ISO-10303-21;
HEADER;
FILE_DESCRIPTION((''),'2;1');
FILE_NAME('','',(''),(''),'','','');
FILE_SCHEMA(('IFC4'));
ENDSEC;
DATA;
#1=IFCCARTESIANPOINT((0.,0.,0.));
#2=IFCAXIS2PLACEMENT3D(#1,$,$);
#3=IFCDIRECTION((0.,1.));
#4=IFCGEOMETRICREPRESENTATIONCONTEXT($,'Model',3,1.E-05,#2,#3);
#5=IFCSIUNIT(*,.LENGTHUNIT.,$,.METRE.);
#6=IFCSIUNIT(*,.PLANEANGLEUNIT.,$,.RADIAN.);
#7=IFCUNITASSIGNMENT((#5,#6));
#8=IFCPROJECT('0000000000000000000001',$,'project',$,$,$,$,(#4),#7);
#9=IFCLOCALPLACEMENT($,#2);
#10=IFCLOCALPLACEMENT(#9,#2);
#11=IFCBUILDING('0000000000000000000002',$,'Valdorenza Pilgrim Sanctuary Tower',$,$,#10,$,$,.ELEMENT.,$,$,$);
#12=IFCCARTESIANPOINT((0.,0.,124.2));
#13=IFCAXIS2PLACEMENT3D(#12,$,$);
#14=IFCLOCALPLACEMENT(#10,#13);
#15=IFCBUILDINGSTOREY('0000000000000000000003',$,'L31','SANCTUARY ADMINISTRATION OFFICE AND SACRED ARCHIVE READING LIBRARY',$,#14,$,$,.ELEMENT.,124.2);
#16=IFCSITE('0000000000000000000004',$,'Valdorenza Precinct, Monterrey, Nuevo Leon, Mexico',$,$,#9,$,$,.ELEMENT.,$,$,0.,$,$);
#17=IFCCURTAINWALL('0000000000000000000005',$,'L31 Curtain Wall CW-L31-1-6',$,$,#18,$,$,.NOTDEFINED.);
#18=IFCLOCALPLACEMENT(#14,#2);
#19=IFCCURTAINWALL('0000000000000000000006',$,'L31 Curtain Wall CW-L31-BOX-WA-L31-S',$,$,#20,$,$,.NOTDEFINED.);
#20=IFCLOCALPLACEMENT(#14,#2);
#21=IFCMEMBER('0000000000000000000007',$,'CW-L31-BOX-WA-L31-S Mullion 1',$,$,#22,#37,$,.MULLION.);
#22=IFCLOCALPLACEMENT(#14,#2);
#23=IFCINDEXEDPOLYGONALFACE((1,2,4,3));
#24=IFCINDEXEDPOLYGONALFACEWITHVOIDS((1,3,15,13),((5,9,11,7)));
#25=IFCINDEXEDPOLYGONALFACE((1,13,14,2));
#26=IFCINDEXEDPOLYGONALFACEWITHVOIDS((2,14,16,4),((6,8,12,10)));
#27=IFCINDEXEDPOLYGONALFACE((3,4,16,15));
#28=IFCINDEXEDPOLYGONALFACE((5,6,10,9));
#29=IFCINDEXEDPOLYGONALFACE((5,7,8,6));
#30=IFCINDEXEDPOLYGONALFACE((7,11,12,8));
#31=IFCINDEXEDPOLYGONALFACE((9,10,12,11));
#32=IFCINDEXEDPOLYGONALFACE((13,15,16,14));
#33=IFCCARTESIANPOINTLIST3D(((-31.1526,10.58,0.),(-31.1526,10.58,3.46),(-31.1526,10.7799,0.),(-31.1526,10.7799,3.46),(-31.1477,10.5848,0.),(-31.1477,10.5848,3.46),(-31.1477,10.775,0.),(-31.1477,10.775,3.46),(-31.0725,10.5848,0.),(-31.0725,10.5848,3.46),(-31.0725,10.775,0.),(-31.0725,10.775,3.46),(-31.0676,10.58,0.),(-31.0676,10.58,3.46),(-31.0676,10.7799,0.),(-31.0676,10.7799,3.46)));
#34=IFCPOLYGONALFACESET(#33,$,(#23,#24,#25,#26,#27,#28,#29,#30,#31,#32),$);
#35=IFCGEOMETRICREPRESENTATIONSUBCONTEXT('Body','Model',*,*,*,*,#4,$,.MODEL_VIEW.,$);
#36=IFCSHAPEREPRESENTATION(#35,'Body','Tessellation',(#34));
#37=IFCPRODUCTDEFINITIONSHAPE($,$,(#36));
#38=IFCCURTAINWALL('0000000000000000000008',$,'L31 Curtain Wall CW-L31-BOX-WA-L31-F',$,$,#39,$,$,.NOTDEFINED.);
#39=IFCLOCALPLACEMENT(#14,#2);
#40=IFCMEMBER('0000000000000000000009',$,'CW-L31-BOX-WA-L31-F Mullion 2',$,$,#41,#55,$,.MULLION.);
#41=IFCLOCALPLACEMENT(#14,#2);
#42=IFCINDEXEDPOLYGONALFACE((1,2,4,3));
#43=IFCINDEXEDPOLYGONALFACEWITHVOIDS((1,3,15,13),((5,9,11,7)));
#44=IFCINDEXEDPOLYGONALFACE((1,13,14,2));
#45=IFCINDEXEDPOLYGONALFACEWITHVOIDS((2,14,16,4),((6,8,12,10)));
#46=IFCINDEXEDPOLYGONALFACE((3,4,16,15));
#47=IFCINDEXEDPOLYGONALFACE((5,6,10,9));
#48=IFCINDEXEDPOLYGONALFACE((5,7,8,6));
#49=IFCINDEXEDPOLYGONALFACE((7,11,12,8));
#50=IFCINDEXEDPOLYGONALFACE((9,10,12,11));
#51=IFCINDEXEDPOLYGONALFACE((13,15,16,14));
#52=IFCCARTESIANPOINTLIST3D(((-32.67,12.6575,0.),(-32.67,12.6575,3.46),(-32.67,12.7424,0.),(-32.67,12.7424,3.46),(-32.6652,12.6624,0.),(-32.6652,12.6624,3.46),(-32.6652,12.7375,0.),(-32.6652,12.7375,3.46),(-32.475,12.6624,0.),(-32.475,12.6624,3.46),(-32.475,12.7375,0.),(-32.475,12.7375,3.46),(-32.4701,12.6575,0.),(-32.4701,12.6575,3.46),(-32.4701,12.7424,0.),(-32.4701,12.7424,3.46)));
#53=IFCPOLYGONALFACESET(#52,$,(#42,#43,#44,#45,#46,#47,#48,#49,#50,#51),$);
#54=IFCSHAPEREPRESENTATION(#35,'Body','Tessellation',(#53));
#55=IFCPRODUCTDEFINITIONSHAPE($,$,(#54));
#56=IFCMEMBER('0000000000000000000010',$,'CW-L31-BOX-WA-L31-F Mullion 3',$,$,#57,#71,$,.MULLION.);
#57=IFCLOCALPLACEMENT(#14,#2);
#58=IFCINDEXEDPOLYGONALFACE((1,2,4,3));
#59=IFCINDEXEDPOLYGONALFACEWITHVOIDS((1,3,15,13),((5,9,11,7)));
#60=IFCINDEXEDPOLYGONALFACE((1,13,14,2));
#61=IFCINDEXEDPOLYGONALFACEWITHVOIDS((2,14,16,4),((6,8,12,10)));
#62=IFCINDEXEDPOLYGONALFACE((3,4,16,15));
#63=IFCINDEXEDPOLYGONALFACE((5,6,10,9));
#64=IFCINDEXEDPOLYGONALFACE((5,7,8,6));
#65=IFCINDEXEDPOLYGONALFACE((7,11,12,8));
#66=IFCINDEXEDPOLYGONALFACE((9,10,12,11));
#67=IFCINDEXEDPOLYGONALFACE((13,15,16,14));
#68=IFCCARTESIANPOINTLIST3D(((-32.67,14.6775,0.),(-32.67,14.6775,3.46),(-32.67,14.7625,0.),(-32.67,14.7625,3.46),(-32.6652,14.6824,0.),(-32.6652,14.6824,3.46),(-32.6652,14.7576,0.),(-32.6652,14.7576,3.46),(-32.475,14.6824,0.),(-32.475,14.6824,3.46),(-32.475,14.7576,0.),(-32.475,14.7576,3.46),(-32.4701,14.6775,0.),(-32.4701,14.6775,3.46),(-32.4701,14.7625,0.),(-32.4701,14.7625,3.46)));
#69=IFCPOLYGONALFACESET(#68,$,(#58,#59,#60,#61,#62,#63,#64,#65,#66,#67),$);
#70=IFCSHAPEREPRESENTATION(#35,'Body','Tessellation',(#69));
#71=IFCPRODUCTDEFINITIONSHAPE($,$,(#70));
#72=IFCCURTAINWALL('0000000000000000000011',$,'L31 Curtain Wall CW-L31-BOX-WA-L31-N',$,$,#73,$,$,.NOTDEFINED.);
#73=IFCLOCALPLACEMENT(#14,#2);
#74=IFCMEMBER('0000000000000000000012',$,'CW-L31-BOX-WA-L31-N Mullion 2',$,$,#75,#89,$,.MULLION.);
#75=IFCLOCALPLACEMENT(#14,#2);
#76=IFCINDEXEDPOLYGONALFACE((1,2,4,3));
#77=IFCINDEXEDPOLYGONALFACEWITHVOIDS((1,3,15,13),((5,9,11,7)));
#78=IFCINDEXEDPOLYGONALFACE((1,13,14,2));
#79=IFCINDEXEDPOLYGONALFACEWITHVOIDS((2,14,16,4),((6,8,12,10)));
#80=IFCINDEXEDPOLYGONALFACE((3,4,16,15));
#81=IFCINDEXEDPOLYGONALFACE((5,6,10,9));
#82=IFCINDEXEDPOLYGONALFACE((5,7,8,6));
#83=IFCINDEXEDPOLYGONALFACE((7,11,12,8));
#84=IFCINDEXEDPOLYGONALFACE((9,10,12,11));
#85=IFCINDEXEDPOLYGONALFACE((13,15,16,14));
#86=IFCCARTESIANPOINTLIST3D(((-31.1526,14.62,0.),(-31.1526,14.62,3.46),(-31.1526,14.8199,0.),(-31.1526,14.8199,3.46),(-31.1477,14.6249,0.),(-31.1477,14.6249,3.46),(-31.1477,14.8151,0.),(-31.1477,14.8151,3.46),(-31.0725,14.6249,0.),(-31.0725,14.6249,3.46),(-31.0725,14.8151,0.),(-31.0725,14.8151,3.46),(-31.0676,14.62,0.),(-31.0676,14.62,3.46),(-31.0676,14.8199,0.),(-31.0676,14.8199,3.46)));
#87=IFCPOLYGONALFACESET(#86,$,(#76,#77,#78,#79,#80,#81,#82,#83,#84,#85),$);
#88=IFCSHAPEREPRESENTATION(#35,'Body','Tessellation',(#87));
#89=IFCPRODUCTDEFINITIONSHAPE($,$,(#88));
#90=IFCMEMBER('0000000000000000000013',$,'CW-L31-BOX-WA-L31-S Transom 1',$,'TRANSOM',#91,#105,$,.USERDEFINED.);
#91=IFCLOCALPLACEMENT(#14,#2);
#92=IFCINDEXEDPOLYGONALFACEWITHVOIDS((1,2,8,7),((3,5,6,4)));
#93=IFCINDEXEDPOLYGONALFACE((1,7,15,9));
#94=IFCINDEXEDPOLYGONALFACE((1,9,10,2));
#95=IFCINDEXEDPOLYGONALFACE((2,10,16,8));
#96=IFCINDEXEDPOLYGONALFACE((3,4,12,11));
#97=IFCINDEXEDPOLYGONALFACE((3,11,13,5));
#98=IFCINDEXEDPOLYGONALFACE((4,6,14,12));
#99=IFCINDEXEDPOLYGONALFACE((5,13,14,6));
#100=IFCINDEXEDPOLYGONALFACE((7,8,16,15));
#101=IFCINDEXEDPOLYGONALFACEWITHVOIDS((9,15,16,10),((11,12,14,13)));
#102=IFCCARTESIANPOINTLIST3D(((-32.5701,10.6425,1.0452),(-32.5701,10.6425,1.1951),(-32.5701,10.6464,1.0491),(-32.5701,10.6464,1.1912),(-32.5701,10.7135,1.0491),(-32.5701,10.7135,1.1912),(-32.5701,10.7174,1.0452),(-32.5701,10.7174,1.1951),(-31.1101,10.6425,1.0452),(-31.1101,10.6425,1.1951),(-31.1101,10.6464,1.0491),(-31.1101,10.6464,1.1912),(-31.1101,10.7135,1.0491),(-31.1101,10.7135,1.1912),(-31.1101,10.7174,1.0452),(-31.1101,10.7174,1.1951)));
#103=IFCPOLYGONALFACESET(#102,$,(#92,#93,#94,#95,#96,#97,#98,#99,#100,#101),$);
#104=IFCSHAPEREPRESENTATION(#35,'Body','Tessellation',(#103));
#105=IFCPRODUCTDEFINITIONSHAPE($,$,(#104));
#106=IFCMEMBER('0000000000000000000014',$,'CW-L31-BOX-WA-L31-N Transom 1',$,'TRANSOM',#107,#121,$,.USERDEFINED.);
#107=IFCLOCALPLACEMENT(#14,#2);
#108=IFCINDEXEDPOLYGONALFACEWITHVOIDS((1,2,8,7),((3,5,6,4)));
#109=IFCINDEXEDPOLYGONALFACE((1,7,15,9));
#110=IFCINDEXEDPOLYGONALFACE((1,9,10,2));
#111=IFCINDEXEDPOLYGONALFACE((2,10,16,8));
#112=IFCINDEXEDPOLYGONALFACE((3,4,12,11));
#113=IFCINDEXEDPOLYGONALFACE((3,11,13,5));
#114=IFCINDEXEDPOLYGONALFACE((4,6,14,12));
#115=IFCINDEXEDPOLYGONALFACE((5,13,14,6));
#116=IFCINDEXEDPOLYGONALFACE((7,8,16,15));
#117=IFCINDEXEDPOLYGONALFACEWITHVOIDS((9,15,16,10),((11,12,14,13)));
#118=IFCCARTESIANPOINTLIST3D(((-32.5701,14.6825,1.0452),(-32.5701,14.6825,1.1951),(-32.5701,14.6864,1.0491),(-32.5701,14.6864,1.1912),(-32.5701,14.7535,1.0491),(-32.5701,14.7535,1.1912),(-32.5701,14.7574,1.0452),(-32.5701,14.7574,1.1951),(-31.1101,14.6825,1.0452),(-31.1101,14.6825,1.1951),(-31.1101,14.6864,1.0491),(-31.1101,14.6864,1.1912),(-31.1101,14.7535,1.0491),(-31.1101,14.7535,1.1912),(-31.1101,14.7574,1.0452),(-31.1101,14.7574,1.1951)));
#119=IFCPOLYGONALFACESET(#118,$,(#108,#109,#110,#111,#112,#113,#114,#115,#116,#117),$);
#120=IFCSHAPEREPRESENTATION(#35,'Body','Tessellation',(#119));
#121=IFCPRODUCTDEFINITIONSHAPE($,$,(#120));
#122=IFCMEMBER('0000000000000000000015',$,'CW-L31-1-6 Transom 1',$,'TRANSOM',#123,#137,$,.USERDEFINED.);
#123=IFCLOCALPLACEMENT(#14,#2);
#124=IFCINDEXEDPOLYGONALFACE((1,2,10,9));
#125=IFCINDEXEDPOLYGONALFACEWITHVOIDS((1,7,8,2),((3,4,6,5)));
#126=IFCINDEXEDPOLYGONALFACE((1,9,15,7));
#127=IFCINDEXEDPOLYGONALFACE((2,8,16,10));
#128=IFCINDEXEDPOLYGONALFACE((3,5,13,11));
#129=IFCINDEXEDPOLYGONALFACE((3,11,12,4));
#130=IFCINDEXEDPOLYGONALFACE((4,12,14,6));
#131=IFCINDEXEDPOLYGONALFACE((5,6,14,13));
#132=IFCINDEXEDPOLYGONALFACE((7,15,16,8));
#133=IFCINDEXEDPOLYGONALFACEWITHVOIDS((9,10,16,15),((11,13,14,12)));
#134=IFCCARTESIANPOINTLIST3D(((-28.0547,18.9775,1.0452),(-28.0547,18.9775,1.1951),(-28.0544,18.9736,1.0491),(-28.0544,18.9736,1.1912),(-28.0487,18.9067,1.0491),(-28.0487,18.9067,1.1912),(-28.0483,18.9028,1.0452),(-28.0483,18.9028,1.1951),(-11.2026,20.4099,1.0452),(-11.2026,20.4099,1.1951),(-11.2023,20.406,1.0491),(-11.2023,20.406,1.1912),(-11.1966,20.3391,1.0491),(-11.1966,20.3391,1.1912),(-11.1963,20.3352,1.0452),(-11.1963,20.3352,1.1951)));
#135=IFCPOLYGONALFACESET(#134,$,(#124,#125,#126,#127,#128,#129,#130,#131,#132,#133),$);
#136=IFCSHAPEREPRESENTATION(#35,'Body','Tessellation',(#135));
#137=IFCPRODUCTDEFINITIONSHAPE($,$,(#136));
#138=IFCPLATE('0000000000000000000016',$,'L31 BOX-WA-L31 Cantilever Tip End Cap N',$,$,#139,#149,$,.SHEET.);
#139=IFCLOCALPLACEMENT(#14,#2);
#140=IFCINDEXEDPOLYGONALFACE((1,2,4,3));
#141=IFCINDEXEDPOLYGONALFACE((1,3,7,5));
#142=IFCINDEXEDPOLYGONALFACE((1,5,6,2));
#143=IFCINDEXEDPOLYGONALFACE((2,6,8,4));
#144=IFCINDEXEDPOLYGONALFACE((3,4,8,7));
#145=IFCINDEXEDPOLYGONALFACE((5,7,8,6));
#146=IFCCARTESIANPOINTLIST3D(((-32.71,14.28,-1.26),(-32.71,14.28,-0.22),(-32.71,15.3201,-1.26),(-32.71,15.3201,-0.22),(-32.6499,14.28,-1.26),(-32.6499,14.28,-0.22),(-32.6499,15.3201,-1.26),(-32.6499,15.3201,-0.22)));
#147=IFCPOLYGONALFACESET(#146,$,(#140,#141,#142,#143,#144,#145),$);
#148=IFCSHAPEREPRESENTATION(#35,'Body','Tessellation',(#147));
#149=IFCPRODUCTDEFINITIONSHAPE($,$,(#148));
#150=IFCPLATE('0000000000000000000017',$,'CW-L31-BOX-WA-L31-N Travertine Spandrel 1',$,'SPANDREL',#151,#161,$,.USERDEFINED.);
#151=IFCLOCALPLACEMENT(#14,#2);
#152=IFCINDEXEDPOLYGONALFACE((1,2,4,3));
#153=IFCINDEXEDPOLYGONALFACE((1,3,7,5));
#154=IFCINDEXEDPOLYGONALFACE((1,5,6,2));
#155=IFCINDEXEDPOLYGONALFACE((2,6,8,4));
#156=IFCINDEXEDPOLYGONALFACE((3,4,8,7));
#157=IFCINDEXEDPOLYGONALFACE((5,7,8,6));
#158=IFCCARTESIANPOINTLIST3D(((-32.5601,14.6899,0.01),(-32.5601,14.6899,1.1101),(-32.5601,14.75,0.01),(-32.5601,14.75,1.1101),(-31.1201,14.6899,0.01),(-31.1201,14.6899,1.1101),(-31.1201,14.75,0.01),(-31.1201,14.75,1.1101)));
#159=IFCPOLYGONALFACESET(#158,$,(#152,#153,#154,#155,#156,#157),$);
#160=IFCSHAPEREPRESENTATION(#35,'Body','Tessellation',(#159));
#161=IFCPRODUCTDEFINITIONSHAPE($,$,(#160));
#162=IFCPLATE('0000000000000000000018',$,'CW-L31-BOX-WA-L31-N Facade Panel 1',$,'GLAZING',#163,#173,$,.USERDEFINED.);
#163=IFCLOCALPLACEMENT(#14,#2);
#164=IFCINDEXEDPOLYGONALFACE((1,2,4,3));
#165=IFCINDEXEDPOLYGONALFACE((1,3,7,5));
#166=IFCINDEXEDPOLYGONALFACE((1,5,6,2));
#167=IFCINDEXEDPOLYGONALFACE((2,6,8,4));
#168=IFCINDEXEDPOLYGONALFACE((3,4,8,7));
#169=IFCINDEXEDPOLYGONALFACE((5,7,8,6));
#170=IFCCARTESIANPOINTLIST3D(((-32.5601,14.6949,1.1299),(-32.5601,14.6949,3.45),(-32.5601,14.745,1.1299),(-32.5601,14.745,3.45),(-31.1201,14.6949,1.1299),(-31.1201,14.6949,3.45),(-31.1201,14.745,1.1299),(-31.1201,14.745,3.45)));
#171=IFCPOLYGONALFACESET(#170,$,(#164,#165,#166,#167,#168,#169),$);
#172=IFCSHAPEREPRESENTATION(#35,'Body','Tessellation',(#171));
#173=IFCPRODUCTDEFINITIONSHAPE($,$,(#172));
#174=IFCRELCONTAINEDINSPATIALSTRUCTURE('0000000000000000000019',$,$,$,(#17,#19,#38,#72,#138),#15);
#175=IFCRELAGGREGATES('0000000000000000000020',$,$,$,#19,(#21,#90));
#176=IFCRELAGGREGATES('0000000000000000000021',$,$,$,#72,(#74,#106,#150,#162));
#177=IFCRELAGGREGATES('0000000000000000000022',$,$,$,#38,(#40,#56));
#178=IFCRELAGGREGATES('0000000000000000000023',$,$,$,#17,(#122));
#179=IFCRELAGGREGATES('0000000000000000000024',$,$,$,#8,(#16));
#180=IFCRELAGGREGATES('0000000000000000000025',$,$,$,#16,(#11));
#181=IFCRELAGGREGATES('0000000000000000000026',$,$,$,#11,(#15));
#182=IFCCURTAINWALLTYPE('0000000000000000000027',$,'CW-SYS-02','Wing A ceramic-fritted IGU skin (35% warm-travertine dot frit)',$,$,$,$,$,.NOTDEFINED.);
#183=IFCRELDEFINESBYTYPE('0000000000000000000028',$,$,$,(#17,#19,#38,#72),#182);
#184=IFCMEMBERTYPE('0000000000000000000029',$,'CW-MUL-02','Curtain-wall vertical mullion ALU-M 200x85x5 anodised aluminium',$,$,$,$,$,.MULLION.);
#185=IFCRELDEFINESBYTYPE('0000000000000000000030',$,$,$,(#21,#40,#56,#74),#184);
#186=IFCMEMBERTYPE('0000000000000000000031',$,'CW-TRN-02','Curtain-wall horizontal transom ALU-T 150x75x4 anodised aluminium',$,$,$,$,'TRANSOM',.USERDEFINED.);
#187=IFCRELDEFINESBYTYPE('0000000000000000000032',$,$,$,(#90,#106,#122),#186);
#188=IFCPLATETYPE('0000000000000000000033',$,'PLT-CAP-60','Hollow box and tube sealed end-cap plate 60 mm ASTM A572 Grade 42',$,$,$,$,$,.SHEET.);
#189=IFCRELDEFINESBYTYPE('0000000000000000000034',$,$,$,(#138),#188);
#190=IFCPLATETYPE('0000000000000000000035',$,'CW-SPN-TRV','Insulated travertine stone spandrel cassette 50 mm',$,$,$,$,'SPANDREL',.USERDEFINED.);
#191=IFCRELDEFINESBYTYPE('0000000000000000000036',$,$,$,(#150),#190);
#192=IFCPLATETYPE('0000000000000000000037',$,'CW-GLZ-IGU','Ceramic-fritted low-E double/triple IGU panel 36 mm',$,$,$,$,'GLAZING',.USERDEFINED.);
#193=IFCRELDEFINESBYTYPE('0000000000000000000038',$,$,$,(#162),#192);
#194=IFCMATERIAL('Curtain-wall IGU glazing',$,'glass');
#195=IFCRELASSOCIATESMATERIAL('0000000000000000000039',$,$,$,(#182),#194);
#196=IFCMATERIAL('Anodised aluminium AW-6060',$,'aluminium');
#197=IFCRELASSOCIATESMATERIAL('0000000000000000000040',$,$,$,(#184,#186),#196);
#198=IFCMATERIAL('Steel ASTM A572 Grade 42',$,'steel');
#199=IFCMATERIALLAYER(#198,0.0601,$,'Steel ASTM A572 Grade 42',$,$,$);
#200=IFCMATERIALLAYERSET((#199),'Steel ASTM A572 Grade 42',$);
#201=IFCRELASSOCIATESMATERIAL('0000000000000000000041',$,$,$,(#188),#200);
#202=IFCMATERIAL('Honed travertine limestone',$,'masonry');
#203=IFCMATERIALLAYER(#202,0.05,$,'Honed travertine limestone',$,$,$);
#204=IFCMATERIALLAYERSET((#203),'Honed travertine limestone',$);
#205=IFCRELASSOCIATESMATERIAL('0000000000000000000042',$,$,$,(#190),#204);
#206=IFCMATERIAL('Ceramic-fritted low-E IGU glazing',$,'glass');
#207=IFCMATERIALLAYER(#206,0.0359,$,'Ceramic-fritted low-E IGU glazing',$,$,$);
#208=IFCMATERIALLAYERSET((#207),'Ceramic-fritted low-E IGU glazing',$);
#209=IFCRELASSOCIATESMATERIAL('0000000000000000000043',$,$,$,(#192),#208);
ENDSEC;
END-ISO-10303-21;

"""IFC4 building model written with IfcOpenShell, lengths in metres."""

from ifc_helpers import new_model, si_unit, direction, frame, origin, origin_2d, place, context, subcontext, project, spatial, rectangle, hollow_rectangle, extrude, source, transform, mapped, material, layer, layer_set, material_profile, profile_set, type_object, element, aggregate, save


model = new_model("IFC4")

# Units and contexts
model_context = context("Model", 3, precision=1e-05, world=origin(), true_north=direction((0.0, 1.0)))
body_context = subcontext(model_context, "Body", "Model", "MODEL_VIEW")
ifc_project = project(units=[si_unit("LENGTHUNIT", "METRE"), si_unit("PLANEANGLEUNIT", "RADIAN")], contexts=[model_context])

# Site, building, storey
site_placement = place(None, origin())
site = spatial("IfcSite", under=ifc_project, at=site_placement, Name="Valdorenza Precinct, Monterrey, Nuevo Leon, Mexico", CompositionType="ELEMENT", RefElevation=0.0)
building_placement = place(site_placement, origin())
building = spatial("IfcBuilding", under=site, at=building_placement, Name="Valdorenza Pilgrim Sanctuary Tower", CompositionType="ELEMENT")
storey_placement = place(building_placement, frame((0.0, 0.0, 124.2)))
storey = spatial("IfcBuildingStorey", under=building, at=storey_placement, Name="L31", Description="SANCTUARY ADMINISTRATION OFFICE AND SACRED ARCHIVE READING LIBRARY", CompositionType="ELEMENT", Elevation=124.2)

# Shared definitions
ifc_material_1 = material(Name="Steel ASTM A572 Grade 42", Category="steel")

# Curtain walls, member
ifc_material_2 = material(Name="Curtain-wall IGU glazing", Category="glass")
curtain_wall_type = type_object("IfcCurtainWallType", Name="CW-SYS-02", Description="Wing A ceramic-fritted IGU skin (35% warm-travertine dot frit)", PredefinedType="NOTDEFINED", material=ifc_material_2)
curtain_wall_1_placement = place(storey_placement, origin())
curtain_wall_1 = element("IfcCurtainWall", 1, at=curtain_wall_1_placement, inside=storey, type_object=curtain_wall_type, Name="L31 Curtain Wall CW-L31-1-6", PredefinedType="NOTDEFINED")
ifc_material_3 = material(Name="Anodised aluminium AW-6060", Category="aluminium")
ifc_material_profile_1 = material_profile(ifc_material_3, hollow_rectangle(XDim=0.085, YDim=0.2, WallThickness=0.0049, at=origin_2d()), Name="ALU-M 200x85x5")
ifc_profile_set_1 = profile_set([ifc_material_profile_1], Name="Anodised aluminium AW-6060")
member_type_1 = type_object("IfcMemberType", Name="CW-MUL-02", Description="Curtain-wall vertical mullion ALU-M 200x85x5 anodised aluminium", PredefinedType="MULLION", material=ifc_profile_set_1)
shared_shape_1 = source(origin(), body_context, "Body", "SweptSolid", [
    extrude(hollow_rectangle(XDim=0.085, YDim=0.2, WallThickness=0.0049, at=origin_2d()), origin(), (0.0, 0.0, 1.0), 3.46),
])
curtain_wall_2_placement = place(storey_placement, origin())
curtain_wall_2 = element("IfcCurtainWall", 2, at=curtain_wall_2_placement, inside=storey, type_object=curtain_wall_type, Name="L31 Curtain Wall CW-L31-BOX-WA-L31-S", PredefinedType="NOTDEFINED")
member_1_placement = place(storey_placement, frame((-31.1101, 10.6799, 0.0), z_axis=(0.0, 0.0, 1.0), x_axis=(-1.0, 0.0, 0.0)))
member_1 = element("IfcMember", 3, at=member_1_placement, type_object=member_type_1, Name="CW-L31-BOX-WA-L31-S Mullion 1", PredefinedType="MULLION", context=body_context, shape_type="MappedRepresentation", body=[
    mapped(shared_shape_1, transform((0.0, 0.0, 0.0), x_axis=(1.0, 0.0, 0.0), y_axis=(0.0, 1.0, 0.0), z_axis=(0.0, 0.0, 1.0), scale=1.0)),
])

# Curtain wall, members
curtain_wall_3_placement = place(storey_placement, origin())
curtain_wall_3 = element("IfcCurtainWall", 4, at=curtain_wall_3_placement, inside=storey, type_object=curtain_wall_type, Name="L31 Curtain Wall CW-L31-BOX-WA-L31-F", PredefinedType="NOTDEFINED")
member_2_placement = place(storey_placement, frame((-32.5701, 12.7, 0.0), z_axis=(0.0, 0.0, 1.0), x_axis=(0.0, 1.0, 0.0)))
member_2 = element("IfcMember", 5, at=member_2_placement, type_object=member_type_1, Name="CW-L31-BOX-WA-L31-F Mullion 2", PredefinedType="MULLION", context=body_context, shape_type="MappedRepresentation", body=[
    mapped(shared_shape_1, transform((0.0, 0.0, 0.0), x_axis=(1.0, 0.0, 0.0), y_axis=(0.0, 1.0, 0.0), z_axis=(0.0, 0.0, 1.0), scale=1.0)),
])
member_3_placement = place(storey_placement, frame((-32.5701, 14.72, 0.0), z_axis=(0.0, 0.0, 1.0), x_axis=(0.0, 1.0, 0.0)))
member_3 = element("IfcMember", 6, at=member_3_placement, type_object=member_type_1, Name="CW-L31-BOX-WA-L31-F Mullion 3", PredefinedType="MULLION", context=body_context, shape_type="MappedRepresentation", body=[
    mapped(shared_shape_1, transform((0.0, 0.0, 0.0), x_axis=(1.0, 0.0, 0.0), y_axis=(0.0, 1.0, 0.0), z_axis=(0.0, 0.0, 1.0), scale=1.0)),
])

# Curtain wall, member
curtain_wall_4_placement = place(storey_placement, origin())
curtain_wall_4 = element("IfcCurtainWall", 7, at=curtain_wall_4_placement, inside=storey, type_object=curtain_wall_type, Name="L31 Curtain Wall CW-L31-BOX-WA-L31-N", PredefinedType="NOTDEFINED")
member_4_placement = place(storey_placement, frame((-31.1101, 14.72, 0.0), z_axis=(0.0, 0.0, 1.0), x_axis=(1.0, 0.0, 0.0)))
member_4 = element("IfcMember", 8, at=member_4_placement, type_object=member_type_1, Name="CW-L31-BOX-WA-L31-N Mullion 2", PredefinedType="MULLION", context=body_context, shape_type="MappedRepresentation", body=[
    mapped(shared_shape_1, transform((0.0, 0.0, 0.0), x_axis=(1.0, 0.0, 0.0), y_axis=(0.0, 1.0, 0.0), z_axis=(0.0, 0.0, 1.0), scale=1.0)),
])

# Members
ifc_material_profile_2 = material_profile(ifc_material_3, hollow_rectangle(XDim=0.075, YDim=0.1499, WallThickness=0.0039, at=origin_2d()), Name="ALU-T 150x75x4")
ifc_profile_set_2 = profile_set([ifc_material_profile_2], Name="Anodised aluminium AW-6060")
member_type_2 = type_object("IfcMemberType", Name="CW-TRN-02", Description="Curtain-wall horizontal transom ALU-T 150x75x4 anodised aluminium", ElementType="TRANSOM", PredefinedType="USERDEFINED", material=ifc_profile_set_2)
shared_shape_2 = source(origin(), body_context, "Body", "SweptSolid", [
    extrude(hollow_rectangle(XDim=0.075, YDim=0.1499, WallThickness=0.0039, at=origin_2d()), origin(), (0.0, 0.0, 1.0), 1.46),
])
member_5_placement = place(storey_placement, frame((-31.1101, 10.6799, 1.1201), z_axis=(-1.0, 0.0, 0.0), x_axis=(0.0, -1.0, 0.0)))
member_5 = element("IfcMember", 9, at=member_5_placement, type_object=member_type_2, Name="CW-L31-BOX-WA-L31-S Transom 1", ObjectType="TRANSOM", PredefinedType="USERDEFINED", context=body_context, shape_type="MappedRepresentation", body=[
    mapped(shared_shape_2, transform((0.0, 0.0, 0.0), x_axis=(1.0, 0.0, 0.0), y_axis=(0.0, 1.0, 0.0), z_axis=(0.0, 0.0, 1.0), scale=1.0)),
])
aggregate(curtain_wall_2, [member_1, member_5])
member_6_placement = place(storey_placement, frame((-32.5701, 14.72, 1.1201), z_axis=(1.0, 0.0, 0.0), x_axis=(0.0, 1.0, 0.0)))
member_6 = element("IfcMember", 10, at=member_6_placement, type_object=member_type_2, Name="CW-L31-BOX-WA-L31-N Transom 1", ObjectType="TRANSOM", PredefinedType="USERDEFINED", context=body_context, shape_type="MappedRepresentation", body=[
    mapped(shared_shape_2, transform((0.0, 0.0, 0.0), x_axis=(1.0, 0.0, 0.0), y_axis=(0.0, 1.0, 0.0), z_axis=(0.0, 0.0, 1.0), scale=1.0)),
])
shared_shape_3 = source(origin(), body_context, "Body", "SweptSolid", [
    extrude(hollow_rectangle(XDim=0.075, YDim=0.1499, WallThickness=0.0039, at=origin_2d()), origin(), (0.0, 0.0, 1.0), 16.9128),
])
member_7_placement = place(storey_placement, frame((-28.0515, 18.9402, 1.1201), z_axis=(0.996407, 0.084692, 0.0), x_axis=(-0.084692, 0.996407, 0.0)))
member_7 = element("IfcMember", 11, at=member_7_placement, type_object=member_type_2, Name="CW-L31-1-6 Transom 1", ObjectType="TRANSOM", PredefinedType="USERDEFINED", context=body_context, shape_type="MappedRepresentation", body=[
    mapped(shared_shape_3, transform((0.0, 0.0, 0.0), x_axis=(1.0, 0.0, 0.0), y_axis=(0.0, 1.0, 0.0), z_axis=(0.0, 0.0, 1.0), scale=1.0)),
])

# Plates
ifc_layer_1 = layer(ifc_material_1, 0.0601, Name="Steel ASTM A572 Grade 42")
ifc_layer_set_1 = layer_set([ifc_layer_1], Name="Steel ASTM A572 Grade 42")
plate_type_1 = type_object("IfcPlateType", Name="PLT-CAP-60", Description="Hollow box and tube sealed end-cap plate 60 mm ASTM A572 Grade 42", PredefinedType="SHEET", material=ifc_layer_set_1)
shared_shape_4 = source(origin(), body_context, "Body", "SweptSolid", [
    extrude(rectangle(XDim=0.0601, YDim=1.04, at=origin_2d()), origin(), (0.0, 0.0, 1.0), 1.04),
])
plate_1_placement = place(storey_placement, frame((-32.6799, 14.8, -1.26), z_axis=(0.0, 0.0, 1.0), x_axis=(1.0, 0.0, 0.0)))
element("IfcPlate", 12, at=plate_1_placement, inside=storey, type_object=plate_type_1, Name="L31 BOX-WA-L31 Cantilever Tip End Cap N", PredefinedType="SHEET", context=body_context, shape_type="MappedRepresentation", body=[
    mapped(shared_shape_4, transform((0.0, 0.0, 0.0), x_axis=(1.0, 0.0, 0.0), y_axis=(0.0, 1.0, 0.0), z_axis=(0.0, 0.0, 1.0), scale=1.0)),
])
ifc_material_4 = material(Name="Honed travertine limestone", Category="masonry")
ifc_layer_2 = layer(ifc_material_4, 0.05, Name="Honed travertine limestone")
ifc_layer_set_2 = layer_set([ifc_layer_2], Name="Honed travertine limestone")
plate_type_2 = type_object("IfcPlateType", Name="CW-SPN-TRV", Description="Insulated travertine stone spandrel cassette 50 mm", ElementType="SPANDREL", PredefinedType="USERDEFINED", material=ifc_layer_set_2)
shared_shape_5 = source(origin(), body_context, "Body", "SweptSolid", [
    extrude(rectangle(XDim=1.4399, YDim=0.0601, at=origin_2d()), origin(), (0.0, 0.0, 1.0), 1.1001),
])
plate_2_placement = place(storey_placement, frame((-31.8401, 14.72, 0.01), z_axis=(0.0, 0.0, 1.0), x_axis=(1.0, 0.0, 0.0)))
plate_2 = element("IfcPlate", 13, at=plate_2_placement, type_object=plate_type_2, Name="CW-L31-BOX-WA-L31-N Travertine Spandrel 1", ObjectType="SPANDREL", PredefinedType="USERDEFINED", context=body_context, shape_type="MappedRepresentation", body=[
    mapped(shared_shape_5, transform((0.0, 0.0, 0.0), x_axis=(1.0, 0.0, 0.0), y_axis=(0.0, 1.0, 0.0), z_axis=(0.0, 0.0, 1.0), scale=1.0)),
])
ifc_material_5 = material(Name="Ceramic-fritted low-E IGU glazing", Category="glass")
ifc_layer_3 = layer(ifc_material_5, 0.0359, Name="Ceramic-fritted low-E IGU glazing")
ifc_layer_set_3 = layer_set([ifc_layer_3], Name="Ceramic-fritted low-E IGU glazing")
plate_type_3 = type_object("IfcPlateType", Name="CW-GLZ-IGU", Description="Ceramic-fritted low-E double/triple IGU panel 36 mm", ElementType="GLAZING", PredefinedType="USERDEFINED", material=ifc_layer_set_3)
shared_shape_6 = source(origin(), body_context, "Body", "SweptSolid", [
    extrude(rectangle(XDim=1.4399, YDim=0.05, at=origin_2d()), origin(), (0.0, 0.0, 1.0), 2.3201),
])
plate_3_placement = place(storey_placement, frame((-31.8401, 14.72, 1.1299), z_axis=(0.0, 0.0, 1.0), x_axis=(1.0, 0.0, 0.0)))
plate_3 = element("IfcPlate", 14, at=plate_3_placement, type_object=plate_type_3, Name="CW-L31-BOX-WA-L31-N Facade Panel 1", ObjectType="GLAZING", PredefinedType="USERDEFINED", context=body_context, shape_type="MappedRepresentation", body=[
    mapped(shared_shape_6, transform((0.0, 0.0, 0.0), x_axis=(1.0, 0.0, 0.0), y_axis=(0.0, 1.0, 0.0), z_axis=(0.0, 0.0, 1.0), scale=1.0)),
])
aggregate(curtain_wall_4, [member_4, member_6, plate_2, plate_3])
aggregate(curtain_wall_3, [member_2, member_3])
aggregate(curtain_wall_1, [member_7])

save(model, "model.ifc")
